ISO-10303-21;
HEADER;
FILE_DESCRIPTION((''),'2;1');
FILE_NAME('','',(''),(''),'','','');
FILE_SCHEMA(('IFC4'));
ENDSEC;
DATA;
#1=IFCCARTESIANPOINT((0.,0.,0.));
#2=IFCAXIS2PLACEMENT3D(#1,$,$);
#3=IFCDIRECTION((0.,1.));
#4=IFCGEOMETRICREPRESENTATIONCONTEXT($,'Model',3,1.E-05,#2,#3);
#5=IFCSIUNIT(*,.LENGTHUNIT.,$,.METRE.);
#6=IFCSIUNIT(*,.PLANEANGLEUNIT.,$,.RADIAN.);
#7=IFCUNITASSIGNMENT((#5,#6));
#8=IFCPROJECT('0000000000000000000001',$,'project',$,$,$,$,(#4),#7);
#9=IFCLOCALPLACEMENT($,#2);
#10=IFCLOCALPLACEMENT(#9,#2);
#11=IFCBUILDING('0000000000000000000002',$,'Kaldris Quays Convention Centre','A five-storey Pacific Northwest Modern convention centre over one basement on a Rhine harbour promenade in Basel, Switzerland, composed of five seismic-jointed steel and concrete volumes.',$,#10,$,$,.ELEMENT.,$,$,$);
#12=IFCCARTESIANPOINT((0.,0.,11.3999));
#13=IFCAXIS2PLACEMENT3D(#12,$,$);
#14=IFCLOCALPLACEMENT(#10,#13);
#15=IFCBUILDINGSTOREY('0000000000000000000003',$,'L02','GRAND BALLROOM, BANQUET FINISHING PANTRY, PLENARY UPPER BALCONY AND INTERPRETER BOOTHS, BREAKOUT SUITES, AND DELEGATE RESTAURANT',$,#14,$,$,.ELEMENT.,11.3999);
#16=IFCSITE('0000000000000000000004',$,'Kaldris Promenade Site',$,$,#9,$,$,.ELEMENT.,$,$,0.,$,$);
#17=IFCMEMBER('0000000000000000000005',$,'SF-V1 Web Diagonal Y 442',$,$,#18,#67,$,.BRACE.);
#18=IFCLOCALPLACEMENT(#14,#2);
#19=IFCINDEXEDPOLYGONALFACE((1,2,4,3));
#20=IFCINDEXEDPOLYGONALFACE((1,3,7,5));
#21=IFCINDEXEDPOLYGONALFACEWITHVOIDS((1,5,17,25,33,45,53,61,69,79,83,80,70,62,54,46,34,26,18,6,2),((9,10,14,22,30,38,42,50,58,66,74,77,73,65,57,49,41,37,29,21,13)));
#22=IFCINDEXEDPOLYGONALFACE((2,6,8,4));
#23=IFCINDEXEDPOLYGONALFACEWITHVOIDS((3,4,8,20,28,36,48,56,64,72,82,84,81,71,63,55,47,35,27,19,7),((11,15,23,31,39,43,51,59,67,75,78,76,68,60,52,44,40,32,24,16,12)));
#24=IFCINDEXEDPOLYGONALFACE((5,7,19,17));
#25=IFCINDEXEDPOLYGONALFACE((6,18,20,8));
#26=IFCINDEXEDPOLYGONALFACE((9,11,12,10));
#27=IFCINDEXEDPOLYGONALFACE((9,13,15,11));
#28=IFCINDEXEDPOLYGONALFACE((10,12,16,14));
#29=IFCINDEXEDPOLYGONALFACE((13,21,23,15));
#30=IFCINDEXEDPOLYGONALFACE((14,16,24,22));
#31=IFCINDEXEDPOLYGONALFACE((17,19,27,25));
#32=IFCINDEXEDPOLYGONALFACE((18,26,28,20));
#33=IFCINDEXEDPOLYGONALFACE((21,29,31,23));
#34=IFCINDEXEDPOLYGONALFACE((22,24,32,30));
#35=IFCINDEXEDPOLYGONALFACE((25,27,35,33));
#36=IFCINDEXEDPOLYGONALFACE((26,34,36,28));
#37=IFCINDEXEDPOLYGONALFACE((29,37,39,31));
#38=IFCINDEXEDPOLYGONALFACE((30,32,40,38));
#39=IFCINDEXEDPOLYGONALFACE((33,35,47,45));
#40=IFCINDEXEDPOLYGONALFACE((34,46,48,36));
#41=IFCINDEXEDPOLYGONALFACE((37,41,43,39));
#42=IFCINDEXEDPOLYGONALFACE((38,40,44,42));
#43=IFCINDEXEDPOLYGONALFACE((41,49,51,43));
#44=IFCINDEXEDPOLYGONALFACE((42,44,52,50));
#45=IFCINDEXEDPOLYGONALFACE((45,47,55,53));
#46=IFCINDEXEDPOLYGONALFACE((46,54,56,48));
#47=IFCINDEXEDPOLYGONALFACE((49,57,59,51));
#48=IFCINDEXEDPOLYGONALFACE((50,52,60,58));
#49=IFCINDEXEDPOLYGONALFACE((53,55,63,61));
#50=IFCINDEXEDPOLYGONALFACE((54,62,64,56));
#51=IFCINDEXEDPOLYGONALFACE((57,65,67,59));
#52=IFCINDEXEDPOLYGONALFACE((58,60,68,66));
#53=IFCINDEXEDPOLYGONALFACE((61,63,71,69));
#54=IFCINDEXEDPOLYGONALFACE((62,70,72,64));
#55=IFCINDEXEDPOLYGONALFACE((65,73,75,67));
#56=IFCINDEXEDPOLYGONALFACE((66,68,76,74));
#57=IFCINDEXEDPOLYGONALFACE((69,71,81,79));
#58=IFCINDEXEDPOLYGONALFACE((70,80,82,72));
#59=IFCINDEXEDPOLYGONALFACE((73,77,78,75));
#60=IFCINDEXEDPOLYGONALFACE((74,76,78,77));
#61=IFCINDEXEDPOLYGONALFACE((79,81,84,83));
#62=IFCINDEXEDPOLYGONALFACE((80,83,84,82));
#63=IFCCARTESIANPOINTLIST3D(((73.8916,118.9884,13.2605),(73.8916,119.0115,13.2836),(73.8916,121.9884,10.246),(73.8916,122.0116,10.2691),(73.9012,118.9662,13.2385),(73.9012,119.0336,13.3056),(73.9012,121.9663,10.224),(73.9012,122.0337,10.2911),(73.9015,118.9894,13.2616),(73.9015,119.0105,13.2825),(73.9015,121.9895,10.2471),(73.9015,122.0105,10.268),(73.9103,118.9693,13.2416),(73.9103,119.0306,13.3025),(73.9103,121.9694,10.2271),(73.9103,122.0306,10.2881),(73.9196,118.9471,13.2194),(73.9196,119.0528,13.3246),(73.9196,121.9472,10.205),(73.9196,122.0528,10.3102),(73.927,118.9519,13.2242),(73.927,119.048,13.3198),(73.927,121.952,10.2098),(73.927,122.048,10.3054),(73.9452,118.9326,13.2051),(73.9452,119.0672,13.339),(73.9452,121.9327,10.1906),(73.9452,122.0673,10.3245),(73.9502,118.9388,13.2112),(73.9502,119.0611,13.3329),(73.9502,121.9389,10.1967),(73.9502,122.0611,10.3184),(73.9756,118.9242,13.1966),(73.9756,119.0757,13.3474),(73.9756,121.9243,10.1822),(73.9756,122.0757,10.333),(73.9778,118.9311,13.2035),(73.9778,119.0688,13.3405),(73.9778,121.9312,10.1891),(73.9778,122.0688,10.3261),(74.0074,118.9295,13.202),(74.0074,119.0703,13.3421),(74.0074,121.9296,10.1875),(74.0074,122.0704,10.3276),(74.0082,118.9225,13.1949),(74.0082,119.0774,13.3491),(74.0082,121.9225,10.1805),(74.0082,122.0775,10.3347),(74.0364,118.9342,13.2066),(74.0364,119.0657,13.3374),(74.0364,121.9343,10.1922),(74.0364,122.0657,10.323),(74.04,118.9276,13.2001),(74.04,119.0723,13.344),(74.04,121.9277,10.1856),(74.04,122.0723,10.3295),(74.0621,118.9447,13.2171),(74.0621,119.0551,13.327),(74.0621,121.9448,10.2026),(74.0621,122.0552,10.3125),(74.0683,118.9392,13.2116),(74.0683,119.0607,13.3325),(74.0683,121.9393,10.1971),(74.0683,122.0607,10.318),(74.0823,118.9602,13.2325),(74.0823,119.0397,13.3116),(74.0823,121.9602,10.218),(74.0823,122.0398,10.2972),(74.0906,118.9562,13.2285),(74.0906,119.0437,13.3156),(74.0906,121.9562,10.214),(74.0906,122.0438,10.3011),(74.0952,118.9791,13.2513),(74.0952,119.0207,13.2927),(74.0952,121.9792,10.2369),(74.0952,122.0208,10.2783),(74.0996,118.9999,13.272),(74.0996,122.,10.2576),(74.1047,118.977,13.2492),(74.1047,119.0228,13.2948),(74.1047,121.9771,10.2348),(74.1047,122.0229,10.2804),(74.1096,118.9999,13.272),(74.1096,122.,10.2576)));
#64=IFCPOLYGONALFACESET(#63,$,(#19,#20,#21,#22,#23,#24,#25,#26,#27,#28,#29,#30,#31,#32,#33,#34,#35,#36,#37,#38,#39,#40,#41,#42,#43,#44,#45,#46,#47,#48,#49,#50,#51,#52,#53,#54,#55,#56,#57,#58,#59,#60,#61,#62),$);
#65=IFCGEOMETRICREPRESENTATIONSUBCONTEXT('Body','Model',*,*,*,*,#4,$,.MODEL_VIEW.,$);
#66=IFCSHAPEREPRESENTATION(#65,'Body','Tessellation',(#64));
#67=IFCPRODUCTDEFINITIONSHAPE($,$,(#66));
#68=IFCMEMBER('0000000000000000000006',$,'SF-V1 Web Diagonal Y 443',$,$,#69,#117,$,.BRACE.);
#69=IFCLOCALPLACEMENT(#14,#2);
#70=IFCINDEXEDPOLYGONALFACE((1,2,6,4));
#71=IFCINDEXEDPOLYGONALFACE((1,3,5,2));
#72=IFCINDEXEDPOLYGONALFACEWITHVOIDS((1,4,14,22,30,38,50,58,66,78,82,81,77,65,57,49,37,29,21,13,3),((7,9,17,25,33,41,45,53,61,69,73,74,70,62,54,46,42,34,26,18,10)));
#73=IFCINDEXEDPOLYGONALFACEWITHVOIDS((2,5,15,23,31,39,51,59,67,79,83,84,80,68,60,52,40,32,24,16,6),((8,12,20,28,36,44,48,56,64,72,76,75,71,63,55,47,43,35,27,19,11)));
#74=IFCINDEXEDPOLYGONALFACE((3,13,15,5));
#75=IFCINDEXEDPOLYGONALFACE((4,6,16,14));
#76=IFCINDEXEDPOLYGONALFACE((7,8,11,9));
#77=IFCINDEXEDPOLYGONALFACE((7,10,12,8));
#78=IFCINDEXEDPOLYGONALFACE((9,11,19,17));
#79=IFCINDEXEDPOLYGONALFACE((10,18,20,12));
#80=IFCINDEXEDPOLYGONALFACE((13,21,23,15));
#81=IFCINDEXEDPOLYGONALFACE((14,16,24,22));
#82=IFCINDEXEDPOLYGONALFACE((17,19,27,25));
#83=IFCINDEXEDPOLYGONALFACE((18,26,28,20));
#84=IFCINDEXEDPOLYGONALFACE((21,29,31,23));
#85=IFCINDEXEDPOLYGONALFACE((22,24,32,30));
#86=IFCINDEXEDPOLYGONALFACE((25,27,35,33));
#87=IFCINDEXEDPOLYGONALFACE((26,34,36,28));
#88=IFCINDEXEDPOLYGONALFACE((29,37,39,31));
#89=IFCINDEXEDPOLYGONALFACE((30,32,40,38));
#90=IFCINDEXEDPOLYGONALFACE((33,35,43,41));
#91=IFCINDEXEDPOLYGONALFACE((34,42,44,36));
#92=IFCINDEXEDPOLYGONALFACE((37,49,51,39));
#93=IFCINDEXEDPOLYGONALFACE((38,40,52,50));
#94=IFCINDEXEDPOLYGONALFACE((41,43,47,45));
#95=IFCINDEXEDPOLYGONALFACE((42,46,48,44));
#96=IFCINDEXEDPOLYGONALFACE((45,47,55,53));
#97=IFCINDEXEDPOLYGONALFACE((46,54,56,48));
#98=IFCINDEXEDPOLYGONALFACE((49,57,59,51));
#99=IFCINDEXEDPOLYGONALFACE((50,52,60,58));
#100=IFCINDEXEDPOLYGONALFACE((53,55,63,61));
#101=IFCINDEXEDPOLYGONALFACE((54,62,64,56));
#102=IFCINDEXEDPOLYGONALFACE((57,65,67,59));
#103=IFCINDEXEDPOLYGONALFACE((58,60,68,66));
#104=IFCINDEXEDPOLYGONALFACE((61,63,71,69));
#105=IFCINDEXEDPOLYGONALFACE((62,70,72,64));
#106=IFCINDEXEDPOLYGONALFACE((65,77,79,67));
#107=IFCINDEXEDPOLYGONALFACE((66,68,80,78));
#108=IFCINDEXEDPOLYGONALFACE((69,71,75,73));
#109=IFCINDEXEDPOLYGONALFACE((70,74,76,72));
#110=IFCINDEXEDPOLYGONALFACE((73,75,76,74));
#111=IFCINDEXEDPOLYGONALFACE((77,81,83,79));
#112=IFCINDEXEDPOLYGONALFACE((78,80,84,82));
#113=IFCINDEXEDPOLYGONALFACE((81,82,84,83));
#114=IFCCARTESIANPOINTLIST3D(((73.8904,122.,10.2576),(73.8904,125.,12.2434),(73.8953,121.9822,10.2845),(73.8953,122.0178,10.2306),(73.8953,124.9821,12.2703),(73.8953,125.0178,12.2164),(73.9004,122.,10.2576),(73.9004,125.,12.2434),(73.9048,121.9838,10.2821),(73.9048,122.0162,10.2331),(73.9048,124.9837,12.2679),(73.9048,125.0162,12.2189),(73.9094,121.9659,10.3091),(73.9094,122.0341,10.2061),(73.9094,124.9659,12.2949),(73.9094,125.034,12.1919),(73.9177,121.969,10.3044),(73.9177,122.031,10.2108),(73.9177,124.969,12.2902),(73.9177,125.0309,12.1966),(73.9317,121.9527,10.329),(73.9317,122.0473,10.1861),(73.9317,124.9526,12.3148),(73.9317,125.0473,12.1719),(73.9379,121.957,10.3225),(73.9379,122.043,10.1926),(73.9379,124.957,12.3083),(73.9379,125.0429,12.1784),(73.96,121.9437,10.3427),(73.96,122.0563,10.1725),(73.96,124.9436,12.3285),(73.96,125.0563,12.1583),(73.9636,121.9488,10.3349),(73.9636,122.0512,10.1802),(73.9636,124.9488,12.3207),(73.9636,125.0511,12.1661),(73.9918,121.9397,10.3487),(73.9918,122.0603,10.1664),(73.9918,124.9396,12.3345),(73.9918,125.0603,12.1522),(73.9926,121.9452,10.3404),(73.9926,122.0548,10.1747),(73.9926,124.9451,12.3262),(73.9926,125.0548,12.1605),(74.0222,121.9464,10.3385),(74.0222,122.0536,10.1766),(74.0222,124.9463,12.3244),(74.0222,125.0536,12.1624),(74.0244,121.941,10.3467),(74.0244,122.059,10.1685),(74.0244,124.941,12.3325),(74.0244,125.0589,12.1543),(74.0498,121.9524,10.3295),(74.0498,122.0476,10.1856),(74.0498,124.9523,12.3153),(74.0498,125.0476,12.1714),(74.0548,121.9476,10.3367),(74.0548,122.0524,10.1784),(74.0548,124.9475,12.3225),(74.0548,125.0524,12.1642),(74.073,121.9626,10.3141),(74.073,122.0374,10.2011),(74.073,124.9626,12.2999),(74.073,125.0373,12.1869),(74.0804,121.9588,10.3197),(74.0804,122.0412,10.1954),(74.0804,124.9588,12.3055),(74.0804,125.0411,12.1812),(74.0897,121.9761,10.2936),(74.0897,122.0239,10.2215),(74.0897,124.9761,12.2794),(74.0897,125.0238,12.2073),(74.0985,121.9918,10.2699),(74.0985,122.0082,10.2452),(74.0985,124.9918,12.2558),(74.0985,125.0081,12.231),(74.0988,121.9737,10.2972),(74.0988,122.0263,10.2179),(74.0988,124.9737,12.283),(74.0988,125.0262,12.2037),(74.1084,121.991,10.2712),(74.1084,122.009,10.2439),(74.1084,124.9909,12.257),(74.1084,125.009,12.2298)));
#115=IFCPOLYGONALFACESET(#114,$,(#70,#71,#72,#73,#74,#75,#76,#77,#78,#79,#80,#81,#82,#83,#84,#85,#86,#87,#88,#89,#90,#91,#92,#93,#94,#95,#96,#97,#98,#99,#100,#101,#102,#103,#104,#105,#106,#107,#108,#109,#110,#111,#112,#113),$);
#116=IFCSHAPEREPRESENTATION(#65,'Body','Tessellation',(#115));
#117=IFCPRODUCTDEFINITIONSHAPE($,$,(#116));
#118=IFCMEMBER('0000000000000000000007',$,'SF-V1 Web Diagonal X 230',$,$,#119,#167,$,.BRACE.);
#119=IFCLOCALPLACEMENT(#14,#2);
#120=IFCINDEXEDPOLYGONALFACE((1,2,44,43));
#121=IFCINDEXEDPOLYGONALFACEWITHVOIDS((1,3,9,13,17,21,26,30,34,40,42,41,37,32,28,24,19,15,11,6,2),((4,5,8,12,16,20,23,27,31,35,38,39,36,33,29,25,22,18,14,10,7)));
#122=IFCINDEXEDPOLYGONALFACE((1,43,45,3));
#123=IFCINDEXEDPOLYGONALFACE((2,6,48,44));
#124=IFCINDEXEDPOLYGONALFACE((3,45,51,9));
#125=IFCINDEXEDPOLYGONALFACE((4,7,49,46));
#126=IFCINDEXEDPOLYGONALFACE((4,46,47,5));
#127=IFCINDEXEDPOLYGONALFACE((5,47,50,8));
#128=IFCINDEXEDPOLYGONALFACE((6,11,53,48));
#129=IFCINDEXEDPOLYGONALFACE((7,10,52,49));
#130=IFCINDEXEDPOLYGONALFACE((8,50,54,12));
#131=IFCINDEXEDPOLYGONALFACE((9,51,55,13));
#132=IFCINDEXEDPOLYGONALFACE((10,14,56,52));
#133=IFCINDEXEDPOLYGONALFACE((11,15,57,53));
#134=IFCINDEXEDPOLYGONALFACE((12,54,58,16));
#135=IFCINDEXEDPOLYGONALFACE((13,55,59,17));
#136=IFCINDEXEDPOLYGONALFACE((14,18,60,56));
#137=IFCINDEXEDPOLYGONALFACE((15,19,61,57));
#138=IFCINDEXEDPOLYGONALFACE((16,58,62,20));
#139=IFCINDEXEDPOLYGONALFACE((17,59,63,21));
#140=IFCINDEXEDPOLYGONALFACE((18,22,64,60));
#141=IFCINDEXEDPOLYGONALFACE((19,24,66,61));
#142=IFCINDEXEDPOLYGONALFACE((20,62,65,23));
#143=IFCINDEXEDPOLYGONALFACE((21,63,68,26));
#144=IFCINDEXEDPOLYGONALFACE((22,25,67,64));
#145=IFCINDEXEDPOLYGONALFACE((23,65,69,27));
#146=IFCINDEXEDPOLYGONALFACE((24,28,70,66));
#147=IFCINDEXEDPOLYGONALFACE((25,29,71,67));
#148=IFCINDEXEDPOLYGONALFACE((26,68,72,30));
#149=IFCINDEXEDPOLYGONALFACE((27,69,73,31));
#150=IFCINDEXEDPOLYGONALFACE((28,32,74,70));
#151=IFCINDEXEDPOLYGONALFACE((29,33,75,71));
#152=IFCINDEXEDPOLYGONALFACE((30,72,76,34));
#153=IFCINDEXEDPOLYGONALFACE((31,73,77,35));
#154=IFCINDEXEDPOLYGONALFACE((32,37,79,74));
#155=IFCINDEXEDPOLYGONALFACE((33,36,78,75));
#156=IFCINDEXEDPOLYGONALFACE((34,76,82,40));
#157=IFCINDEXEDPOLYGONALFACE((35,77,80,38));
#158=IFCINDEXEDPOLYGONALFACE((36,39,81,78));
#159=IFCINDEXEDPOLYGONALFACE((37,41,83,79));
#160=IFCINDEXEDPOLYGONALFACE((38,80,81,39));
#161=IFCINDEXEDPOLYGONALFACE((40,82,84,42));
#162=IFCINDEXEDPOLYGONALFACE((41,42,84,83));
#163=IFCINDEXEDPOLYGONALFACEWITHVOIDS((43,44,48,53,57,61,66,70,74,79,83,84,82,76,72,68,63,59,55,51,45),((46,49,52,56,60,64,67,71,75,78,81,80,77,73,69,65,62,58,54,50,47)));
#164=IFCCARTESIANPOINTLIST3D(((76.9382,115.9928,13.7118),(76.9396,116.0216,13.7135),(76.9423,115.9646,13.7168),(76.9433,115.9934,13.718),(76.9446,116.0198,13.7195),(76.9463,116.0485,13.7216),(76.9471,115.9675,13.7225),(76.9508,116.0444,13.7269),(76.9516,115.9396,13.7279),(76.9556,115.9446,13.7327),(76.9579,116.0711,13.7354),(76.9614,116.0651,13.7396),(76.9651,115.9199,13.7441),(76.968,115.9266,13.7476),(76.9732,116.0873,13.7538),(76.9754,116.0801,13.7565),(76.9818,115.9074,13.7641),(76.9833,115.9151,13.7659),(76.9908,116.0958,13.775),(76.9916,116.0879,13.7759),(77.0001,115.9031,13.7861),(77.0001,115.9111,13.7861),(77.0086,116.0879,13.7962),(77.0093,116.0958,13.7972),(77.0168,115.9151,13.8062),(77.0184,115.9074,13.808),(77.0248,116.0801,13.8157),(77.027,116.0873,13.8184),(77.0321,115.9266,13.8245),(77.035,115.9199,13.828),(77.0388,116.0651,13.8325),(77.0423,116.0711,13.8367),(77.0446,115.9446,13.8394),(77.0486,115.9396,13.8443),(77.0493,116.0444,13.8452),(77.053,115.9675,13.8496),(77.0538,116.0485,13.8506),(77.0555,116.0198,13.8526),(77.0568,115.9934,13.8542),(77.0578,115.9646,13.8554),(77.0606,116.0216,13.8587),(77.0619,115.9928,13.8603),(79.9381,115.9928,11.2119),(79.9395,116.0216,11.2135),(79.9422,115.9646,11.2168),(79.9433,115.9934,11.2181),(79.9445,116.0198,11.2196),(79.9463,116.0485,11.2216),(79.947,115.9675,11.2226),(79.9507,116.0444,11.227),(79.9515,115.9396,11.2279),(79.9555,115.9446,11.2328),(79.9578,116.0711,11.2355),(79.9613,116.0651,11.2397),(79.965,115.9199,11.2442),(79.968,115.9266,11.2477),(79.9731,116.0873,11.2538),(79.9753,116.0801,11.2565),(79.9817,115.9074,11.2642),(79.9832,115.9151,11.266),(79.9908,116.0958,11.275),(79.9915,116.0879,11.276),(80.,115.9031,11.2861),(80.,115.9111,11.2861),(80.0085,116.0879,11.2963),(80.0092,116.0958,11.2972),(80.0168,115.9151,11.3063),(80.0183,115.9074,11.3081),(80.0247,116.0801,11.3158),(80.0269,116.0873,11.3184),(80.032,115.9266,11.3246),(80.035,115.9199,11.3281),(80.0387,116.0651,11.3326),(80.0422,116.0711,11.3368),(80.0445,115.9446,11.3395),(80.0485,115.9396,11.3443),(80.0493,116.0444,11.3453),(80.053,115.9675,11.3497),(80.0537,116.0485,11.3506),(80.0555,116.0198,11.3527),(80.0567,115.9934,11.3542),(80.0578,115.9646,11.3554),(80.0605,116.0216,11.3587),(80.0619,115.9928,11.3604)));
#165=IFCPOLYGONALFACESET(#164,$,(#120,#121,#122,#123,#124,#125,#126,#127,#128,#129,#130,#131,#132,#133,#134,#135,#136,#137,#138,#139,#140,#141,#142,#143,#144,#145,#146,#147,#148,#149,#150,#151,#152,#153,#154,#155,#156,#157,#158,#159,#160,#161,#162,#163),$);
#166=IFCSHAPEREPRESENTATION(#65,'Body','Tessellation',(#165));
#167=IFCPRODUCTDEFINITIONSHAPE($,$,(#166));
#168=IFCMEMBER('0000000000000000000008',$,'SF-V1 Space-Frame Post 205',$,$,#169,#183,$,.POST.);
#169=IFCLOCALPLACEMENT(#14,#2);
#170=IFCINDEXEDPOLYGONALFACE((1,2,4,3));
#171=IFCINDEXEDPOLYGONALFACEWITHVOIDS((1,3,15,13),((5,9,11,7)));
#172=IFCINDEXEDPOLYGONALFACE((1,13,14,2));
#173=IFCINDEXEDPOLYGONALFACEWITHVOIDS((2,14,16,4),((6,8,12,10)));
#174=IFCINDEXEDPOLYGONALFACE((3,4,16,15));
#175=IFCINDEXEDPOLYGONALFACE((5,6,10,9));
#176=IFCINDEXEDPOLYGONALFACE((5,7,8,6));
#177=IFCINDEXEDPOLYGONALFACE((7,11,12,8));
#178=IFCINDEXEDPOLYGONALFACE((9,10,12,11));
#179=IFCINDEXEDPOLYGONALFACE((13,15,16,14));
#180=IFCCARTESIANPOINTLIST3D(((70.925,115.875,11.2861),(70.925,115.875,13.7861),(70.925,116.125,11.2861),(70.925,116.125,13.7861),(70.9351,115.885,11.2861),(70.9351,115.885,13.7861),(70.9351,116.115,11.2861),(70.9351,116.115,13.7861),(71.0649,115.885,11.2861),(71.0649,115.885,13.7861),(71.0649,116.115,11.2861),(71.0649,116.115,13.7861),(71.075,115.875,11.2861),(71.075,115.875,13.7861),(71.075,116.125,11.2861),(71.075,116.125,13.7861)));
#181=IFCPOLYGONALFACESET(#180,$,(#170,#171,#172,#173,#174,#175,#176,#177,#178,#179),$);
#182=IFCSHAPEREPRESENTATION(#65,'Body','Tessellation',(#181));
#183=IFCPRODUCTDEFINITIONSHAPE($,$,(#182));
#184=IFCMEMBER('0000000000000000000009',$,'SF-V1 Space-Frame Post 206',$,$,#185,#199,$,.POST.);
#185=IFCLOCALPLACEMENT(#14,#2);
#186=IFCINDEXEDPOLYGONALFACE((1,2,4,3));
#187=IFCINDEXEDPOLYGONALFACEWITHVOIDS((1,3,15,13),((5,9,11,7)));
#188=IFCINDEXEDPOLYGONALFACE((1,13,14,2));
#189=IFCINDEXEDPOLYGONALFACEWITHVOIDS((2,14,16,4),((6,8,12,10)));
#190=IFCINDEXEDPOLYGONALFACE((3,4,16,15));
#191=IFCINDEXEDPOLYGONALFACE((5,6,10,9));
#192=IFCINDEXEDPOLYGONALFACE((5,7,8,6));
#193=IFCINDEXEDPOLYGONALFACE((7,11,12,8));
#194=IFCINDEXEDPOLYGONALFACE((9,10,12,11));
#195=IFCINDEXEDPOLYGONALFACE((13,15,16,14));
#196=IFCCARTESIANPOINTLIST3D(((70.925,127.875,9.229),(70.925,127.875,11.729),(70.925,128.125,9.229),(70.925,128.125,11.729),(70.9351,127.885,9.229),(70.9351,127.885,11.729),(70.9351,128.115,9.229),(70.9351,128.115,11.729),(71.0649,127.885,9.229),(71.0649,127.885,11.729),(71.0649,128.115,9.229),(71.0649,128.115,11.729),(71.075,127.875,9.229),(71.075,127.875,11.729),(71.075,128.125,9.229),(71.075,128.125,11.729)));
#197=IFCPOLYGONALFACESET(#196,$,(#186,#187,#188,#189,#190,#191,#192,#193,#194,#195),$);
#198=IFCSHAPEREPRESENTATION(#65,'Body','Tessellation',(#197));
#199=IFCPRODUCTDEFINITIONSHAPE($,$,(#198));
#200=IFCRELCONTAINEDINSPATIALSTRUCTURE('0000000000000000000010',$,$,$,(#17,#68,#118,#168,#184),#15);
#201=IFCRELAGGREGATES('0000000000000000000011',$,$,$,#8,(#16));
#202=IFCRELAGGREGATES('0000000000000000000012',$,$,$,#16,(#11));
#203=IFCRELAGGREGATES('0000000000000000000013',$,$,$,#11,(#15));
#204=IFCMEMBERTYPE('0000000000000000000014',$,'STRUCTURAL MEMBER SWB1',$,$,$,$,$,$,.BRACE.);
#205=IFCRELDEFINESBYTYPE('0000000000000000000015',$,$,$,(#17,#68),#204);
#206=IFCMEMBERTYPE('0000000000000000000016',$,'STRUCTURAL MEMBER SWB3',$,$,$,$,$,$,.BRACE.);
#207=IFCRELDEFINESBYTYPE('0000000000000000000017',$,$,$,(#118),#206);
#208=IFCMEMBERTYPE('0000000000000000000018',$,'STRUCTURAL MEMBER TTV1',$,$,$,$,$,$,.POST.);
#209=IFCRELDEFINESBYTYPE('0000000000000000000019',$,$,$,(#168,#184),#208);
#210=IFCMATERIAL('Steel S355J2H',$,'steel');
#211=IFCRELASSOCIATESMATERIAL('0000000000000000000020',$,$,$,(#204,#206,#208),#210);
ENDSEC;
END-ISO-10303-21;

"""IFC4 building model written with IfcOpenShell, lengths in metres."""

from ifc_helpers import new_model, si_unit, direction, frame, origin, origin_2d, place, context, subcontext, project, spatial, hollow_rectangle, hollow_circle, extrude, material, material_profile, profile_set, type_object, element, save


model = new_model("IFC4")

# Units and contexts
model_context = context("Model", 3, precision=1e-05, world=origin(), true_north=direction((0.0, 1.0)))
body_context = subcontext(model_context, "Body", "Model", "MODEL_VIEW")
ifc_project = project(units=[si_unit("LENGTHUNIT", "METRE"), si_unit("PLANEANGLEUNIT", "RADIAN")], contexts=[model_context])

# Site, building, storey
site_placement = place(None, origin())
site = spatial("IfcSite", under=ifc_project, at=site_placement, Name="Kaldris Promenade Site", CompositionType="ELEMENT", RefElevation=0.0)
building_placement = place(site_placement, origin())
building = spatial("IfcBuilding", under=site, at=building_placement, Name="Kaldris Quays Convention Centre", Description="A five-storey Pacific Northwest Modern convention centre over one basement on a Rhine harbour promenade in Basel, Switzerland, composed of five seismic-jointed steel and concrete volumes.", CompositionType="ELEMENT")
storey_placement = place(building_placement, frame((0.0, 0.0, 11.3999)))
storey = spatial("IfcBuildingStorey", under=building, at=storey_placement, Name="L02", Description="GRAND BALLROOM, BANQUET FINISHING PANTRY, PLENARY UPPER BALCONY AND INTERPRETER BOOTHS, BREAKOUT SUITES, AND DELEGATE RESTAURANT", CompositionType="ELEMENT", Elevation=11.3999)

# Members
ifc_material_1 = material(Name="Steel S355J2H", Category="steel")
ifc_material_profile_1 = material_profile(ifc_material_1, hollow_circle(Radius=0.1096, WallThickness=0.01, at=origin_2d()), Name="CHS 219.1x10")
ifc_profile_set_1 = profile_set([ifc_material_profile_1], Name="Steel S355J2H")
member_type_1 = type_object("IfcMemberType", Name="STRUCTURAL MEMBER SWB1", PredefinedType="BRACE", material=ifc_profile_set_1)
member_1_placement = place(storey_placement, frame((74.0, 122.0, 10.2576), z_axis=(0.0, -0.705411, 0.708798), x_axis=(1.0, 0.0, 0.0)))
element("IfcMember", 1, at=member_1_placement, inside=storey, type_object=member_type_1, Name="SF-V1 Web Diagonal Y 442", PredefinedType="BRACE", context=body_context, shape_type="SweptSolid", body=[
    extrude(hollow_circle(Radius=0.1096, WallThickness=0.01, at=origin_2d()), origin(), (0.0, 0.0, 1.0), 4.2529),
])
member_2_placement = place(storey_placement, frame((74.0, 122.0, 10.2576), z_axis=(0.0, 0.833862, 0.551972), x_axis=(-1.0, 0.0, 0.0)))
element("IfcMember", 2, at=member_2_placement, inside=storey, type_object=member_type_1, Name="SF-V1 Web Diagonal Y 443", PredefinedType="BRACE", context=body_context, shape_type="SweptSolid", body=[
    extrude(hollow_circle(Radius=0.1096, WallThickness=0.01, at=origin_2d()), origin(), (0.0, 0.0, 1.0), 3.5977),
])
ifc_material_profile_2 = material_profile(ifc_material_1, hollow_circle(Radius=0.0969, WallThickness=0.0081, at=origin_2d()), Name="CHS 193.7x8")
ifc_profile_set_2 = profile_set([ifc_material_profile_2], Name="Steel S355J2H")
member_type_2 = type_object("IfcMemberType", Name="STRUCTURAL MEMBER SWB3", PredefinedType="BRACE", material=ifc_profile_set_2)
member_3_placement = place(storey_placement, frame((80.0, 116.0, 11.2861), z_axis=(-0.768221, 0.0, 0.640184), x_axis=(0.0, -1.0, 0.0)))
element("IfcMember", 3, at=member_3_placement, inside=storey, type_object=member_type_2, Name="SF-V1 Web Diagonal X 230", PredefinedType="BRACE", context=body_context, shape_type="SweptSolid", body=[
    extrude(hollow_circle(Radius=0.0969, WallThickness=0.0081, at=origin_2d()), origin(), (0.0, 0.0, 1.0), 3.905),
])
ifc_material_profile_3 = material_profile(ifc_material_1, hollow_rectangle(XDim=0.1499, YDim=0.25, WallThickness=0.01, at=origin_2d()), Name="RHS 250x150x10")
ifc_profile_set_3 = profile_set([ifc_material_profile_3], Name="Steel S355J2H")
member_type_3 = type_object("IfcMemberType", Name="STRUCTURAL MEMBER TTV1", PredefinedType="POST", material=ifc_profile_set_3)
for number, where, z_axis, x_axis, name in (
    (4, (71.0, 116.0, 11.2861), (0.0, 0.0, 1.0), (1.0, 0.0, 0.0), "SF-V1 Space-Frame Post 205"),
    (5, (71.0, 128.0, 9.229), (0.0, 0.0, 1.0), (1.0, 0.0, 0.0), "SF-V1 Space-Frame Post 206"),
):
    element("IfcMember", number, at=place(storey_placement, frame(where, z_axis=z_axis, x_axis=x_axis)), inside=storey, type_object=member_type_3, Name=name, PredefinedType="POST", context=body_context, shape_type="SweptSolid", body=[
        extrude(hollow_rectangle(XDim=0.1499, YDim=0.25, WallThickness=0.01, at=origin_2d()), origin(), (0.0, 0.0, 1.0), 2.5),
    ])

save(model, "model.ifc")
